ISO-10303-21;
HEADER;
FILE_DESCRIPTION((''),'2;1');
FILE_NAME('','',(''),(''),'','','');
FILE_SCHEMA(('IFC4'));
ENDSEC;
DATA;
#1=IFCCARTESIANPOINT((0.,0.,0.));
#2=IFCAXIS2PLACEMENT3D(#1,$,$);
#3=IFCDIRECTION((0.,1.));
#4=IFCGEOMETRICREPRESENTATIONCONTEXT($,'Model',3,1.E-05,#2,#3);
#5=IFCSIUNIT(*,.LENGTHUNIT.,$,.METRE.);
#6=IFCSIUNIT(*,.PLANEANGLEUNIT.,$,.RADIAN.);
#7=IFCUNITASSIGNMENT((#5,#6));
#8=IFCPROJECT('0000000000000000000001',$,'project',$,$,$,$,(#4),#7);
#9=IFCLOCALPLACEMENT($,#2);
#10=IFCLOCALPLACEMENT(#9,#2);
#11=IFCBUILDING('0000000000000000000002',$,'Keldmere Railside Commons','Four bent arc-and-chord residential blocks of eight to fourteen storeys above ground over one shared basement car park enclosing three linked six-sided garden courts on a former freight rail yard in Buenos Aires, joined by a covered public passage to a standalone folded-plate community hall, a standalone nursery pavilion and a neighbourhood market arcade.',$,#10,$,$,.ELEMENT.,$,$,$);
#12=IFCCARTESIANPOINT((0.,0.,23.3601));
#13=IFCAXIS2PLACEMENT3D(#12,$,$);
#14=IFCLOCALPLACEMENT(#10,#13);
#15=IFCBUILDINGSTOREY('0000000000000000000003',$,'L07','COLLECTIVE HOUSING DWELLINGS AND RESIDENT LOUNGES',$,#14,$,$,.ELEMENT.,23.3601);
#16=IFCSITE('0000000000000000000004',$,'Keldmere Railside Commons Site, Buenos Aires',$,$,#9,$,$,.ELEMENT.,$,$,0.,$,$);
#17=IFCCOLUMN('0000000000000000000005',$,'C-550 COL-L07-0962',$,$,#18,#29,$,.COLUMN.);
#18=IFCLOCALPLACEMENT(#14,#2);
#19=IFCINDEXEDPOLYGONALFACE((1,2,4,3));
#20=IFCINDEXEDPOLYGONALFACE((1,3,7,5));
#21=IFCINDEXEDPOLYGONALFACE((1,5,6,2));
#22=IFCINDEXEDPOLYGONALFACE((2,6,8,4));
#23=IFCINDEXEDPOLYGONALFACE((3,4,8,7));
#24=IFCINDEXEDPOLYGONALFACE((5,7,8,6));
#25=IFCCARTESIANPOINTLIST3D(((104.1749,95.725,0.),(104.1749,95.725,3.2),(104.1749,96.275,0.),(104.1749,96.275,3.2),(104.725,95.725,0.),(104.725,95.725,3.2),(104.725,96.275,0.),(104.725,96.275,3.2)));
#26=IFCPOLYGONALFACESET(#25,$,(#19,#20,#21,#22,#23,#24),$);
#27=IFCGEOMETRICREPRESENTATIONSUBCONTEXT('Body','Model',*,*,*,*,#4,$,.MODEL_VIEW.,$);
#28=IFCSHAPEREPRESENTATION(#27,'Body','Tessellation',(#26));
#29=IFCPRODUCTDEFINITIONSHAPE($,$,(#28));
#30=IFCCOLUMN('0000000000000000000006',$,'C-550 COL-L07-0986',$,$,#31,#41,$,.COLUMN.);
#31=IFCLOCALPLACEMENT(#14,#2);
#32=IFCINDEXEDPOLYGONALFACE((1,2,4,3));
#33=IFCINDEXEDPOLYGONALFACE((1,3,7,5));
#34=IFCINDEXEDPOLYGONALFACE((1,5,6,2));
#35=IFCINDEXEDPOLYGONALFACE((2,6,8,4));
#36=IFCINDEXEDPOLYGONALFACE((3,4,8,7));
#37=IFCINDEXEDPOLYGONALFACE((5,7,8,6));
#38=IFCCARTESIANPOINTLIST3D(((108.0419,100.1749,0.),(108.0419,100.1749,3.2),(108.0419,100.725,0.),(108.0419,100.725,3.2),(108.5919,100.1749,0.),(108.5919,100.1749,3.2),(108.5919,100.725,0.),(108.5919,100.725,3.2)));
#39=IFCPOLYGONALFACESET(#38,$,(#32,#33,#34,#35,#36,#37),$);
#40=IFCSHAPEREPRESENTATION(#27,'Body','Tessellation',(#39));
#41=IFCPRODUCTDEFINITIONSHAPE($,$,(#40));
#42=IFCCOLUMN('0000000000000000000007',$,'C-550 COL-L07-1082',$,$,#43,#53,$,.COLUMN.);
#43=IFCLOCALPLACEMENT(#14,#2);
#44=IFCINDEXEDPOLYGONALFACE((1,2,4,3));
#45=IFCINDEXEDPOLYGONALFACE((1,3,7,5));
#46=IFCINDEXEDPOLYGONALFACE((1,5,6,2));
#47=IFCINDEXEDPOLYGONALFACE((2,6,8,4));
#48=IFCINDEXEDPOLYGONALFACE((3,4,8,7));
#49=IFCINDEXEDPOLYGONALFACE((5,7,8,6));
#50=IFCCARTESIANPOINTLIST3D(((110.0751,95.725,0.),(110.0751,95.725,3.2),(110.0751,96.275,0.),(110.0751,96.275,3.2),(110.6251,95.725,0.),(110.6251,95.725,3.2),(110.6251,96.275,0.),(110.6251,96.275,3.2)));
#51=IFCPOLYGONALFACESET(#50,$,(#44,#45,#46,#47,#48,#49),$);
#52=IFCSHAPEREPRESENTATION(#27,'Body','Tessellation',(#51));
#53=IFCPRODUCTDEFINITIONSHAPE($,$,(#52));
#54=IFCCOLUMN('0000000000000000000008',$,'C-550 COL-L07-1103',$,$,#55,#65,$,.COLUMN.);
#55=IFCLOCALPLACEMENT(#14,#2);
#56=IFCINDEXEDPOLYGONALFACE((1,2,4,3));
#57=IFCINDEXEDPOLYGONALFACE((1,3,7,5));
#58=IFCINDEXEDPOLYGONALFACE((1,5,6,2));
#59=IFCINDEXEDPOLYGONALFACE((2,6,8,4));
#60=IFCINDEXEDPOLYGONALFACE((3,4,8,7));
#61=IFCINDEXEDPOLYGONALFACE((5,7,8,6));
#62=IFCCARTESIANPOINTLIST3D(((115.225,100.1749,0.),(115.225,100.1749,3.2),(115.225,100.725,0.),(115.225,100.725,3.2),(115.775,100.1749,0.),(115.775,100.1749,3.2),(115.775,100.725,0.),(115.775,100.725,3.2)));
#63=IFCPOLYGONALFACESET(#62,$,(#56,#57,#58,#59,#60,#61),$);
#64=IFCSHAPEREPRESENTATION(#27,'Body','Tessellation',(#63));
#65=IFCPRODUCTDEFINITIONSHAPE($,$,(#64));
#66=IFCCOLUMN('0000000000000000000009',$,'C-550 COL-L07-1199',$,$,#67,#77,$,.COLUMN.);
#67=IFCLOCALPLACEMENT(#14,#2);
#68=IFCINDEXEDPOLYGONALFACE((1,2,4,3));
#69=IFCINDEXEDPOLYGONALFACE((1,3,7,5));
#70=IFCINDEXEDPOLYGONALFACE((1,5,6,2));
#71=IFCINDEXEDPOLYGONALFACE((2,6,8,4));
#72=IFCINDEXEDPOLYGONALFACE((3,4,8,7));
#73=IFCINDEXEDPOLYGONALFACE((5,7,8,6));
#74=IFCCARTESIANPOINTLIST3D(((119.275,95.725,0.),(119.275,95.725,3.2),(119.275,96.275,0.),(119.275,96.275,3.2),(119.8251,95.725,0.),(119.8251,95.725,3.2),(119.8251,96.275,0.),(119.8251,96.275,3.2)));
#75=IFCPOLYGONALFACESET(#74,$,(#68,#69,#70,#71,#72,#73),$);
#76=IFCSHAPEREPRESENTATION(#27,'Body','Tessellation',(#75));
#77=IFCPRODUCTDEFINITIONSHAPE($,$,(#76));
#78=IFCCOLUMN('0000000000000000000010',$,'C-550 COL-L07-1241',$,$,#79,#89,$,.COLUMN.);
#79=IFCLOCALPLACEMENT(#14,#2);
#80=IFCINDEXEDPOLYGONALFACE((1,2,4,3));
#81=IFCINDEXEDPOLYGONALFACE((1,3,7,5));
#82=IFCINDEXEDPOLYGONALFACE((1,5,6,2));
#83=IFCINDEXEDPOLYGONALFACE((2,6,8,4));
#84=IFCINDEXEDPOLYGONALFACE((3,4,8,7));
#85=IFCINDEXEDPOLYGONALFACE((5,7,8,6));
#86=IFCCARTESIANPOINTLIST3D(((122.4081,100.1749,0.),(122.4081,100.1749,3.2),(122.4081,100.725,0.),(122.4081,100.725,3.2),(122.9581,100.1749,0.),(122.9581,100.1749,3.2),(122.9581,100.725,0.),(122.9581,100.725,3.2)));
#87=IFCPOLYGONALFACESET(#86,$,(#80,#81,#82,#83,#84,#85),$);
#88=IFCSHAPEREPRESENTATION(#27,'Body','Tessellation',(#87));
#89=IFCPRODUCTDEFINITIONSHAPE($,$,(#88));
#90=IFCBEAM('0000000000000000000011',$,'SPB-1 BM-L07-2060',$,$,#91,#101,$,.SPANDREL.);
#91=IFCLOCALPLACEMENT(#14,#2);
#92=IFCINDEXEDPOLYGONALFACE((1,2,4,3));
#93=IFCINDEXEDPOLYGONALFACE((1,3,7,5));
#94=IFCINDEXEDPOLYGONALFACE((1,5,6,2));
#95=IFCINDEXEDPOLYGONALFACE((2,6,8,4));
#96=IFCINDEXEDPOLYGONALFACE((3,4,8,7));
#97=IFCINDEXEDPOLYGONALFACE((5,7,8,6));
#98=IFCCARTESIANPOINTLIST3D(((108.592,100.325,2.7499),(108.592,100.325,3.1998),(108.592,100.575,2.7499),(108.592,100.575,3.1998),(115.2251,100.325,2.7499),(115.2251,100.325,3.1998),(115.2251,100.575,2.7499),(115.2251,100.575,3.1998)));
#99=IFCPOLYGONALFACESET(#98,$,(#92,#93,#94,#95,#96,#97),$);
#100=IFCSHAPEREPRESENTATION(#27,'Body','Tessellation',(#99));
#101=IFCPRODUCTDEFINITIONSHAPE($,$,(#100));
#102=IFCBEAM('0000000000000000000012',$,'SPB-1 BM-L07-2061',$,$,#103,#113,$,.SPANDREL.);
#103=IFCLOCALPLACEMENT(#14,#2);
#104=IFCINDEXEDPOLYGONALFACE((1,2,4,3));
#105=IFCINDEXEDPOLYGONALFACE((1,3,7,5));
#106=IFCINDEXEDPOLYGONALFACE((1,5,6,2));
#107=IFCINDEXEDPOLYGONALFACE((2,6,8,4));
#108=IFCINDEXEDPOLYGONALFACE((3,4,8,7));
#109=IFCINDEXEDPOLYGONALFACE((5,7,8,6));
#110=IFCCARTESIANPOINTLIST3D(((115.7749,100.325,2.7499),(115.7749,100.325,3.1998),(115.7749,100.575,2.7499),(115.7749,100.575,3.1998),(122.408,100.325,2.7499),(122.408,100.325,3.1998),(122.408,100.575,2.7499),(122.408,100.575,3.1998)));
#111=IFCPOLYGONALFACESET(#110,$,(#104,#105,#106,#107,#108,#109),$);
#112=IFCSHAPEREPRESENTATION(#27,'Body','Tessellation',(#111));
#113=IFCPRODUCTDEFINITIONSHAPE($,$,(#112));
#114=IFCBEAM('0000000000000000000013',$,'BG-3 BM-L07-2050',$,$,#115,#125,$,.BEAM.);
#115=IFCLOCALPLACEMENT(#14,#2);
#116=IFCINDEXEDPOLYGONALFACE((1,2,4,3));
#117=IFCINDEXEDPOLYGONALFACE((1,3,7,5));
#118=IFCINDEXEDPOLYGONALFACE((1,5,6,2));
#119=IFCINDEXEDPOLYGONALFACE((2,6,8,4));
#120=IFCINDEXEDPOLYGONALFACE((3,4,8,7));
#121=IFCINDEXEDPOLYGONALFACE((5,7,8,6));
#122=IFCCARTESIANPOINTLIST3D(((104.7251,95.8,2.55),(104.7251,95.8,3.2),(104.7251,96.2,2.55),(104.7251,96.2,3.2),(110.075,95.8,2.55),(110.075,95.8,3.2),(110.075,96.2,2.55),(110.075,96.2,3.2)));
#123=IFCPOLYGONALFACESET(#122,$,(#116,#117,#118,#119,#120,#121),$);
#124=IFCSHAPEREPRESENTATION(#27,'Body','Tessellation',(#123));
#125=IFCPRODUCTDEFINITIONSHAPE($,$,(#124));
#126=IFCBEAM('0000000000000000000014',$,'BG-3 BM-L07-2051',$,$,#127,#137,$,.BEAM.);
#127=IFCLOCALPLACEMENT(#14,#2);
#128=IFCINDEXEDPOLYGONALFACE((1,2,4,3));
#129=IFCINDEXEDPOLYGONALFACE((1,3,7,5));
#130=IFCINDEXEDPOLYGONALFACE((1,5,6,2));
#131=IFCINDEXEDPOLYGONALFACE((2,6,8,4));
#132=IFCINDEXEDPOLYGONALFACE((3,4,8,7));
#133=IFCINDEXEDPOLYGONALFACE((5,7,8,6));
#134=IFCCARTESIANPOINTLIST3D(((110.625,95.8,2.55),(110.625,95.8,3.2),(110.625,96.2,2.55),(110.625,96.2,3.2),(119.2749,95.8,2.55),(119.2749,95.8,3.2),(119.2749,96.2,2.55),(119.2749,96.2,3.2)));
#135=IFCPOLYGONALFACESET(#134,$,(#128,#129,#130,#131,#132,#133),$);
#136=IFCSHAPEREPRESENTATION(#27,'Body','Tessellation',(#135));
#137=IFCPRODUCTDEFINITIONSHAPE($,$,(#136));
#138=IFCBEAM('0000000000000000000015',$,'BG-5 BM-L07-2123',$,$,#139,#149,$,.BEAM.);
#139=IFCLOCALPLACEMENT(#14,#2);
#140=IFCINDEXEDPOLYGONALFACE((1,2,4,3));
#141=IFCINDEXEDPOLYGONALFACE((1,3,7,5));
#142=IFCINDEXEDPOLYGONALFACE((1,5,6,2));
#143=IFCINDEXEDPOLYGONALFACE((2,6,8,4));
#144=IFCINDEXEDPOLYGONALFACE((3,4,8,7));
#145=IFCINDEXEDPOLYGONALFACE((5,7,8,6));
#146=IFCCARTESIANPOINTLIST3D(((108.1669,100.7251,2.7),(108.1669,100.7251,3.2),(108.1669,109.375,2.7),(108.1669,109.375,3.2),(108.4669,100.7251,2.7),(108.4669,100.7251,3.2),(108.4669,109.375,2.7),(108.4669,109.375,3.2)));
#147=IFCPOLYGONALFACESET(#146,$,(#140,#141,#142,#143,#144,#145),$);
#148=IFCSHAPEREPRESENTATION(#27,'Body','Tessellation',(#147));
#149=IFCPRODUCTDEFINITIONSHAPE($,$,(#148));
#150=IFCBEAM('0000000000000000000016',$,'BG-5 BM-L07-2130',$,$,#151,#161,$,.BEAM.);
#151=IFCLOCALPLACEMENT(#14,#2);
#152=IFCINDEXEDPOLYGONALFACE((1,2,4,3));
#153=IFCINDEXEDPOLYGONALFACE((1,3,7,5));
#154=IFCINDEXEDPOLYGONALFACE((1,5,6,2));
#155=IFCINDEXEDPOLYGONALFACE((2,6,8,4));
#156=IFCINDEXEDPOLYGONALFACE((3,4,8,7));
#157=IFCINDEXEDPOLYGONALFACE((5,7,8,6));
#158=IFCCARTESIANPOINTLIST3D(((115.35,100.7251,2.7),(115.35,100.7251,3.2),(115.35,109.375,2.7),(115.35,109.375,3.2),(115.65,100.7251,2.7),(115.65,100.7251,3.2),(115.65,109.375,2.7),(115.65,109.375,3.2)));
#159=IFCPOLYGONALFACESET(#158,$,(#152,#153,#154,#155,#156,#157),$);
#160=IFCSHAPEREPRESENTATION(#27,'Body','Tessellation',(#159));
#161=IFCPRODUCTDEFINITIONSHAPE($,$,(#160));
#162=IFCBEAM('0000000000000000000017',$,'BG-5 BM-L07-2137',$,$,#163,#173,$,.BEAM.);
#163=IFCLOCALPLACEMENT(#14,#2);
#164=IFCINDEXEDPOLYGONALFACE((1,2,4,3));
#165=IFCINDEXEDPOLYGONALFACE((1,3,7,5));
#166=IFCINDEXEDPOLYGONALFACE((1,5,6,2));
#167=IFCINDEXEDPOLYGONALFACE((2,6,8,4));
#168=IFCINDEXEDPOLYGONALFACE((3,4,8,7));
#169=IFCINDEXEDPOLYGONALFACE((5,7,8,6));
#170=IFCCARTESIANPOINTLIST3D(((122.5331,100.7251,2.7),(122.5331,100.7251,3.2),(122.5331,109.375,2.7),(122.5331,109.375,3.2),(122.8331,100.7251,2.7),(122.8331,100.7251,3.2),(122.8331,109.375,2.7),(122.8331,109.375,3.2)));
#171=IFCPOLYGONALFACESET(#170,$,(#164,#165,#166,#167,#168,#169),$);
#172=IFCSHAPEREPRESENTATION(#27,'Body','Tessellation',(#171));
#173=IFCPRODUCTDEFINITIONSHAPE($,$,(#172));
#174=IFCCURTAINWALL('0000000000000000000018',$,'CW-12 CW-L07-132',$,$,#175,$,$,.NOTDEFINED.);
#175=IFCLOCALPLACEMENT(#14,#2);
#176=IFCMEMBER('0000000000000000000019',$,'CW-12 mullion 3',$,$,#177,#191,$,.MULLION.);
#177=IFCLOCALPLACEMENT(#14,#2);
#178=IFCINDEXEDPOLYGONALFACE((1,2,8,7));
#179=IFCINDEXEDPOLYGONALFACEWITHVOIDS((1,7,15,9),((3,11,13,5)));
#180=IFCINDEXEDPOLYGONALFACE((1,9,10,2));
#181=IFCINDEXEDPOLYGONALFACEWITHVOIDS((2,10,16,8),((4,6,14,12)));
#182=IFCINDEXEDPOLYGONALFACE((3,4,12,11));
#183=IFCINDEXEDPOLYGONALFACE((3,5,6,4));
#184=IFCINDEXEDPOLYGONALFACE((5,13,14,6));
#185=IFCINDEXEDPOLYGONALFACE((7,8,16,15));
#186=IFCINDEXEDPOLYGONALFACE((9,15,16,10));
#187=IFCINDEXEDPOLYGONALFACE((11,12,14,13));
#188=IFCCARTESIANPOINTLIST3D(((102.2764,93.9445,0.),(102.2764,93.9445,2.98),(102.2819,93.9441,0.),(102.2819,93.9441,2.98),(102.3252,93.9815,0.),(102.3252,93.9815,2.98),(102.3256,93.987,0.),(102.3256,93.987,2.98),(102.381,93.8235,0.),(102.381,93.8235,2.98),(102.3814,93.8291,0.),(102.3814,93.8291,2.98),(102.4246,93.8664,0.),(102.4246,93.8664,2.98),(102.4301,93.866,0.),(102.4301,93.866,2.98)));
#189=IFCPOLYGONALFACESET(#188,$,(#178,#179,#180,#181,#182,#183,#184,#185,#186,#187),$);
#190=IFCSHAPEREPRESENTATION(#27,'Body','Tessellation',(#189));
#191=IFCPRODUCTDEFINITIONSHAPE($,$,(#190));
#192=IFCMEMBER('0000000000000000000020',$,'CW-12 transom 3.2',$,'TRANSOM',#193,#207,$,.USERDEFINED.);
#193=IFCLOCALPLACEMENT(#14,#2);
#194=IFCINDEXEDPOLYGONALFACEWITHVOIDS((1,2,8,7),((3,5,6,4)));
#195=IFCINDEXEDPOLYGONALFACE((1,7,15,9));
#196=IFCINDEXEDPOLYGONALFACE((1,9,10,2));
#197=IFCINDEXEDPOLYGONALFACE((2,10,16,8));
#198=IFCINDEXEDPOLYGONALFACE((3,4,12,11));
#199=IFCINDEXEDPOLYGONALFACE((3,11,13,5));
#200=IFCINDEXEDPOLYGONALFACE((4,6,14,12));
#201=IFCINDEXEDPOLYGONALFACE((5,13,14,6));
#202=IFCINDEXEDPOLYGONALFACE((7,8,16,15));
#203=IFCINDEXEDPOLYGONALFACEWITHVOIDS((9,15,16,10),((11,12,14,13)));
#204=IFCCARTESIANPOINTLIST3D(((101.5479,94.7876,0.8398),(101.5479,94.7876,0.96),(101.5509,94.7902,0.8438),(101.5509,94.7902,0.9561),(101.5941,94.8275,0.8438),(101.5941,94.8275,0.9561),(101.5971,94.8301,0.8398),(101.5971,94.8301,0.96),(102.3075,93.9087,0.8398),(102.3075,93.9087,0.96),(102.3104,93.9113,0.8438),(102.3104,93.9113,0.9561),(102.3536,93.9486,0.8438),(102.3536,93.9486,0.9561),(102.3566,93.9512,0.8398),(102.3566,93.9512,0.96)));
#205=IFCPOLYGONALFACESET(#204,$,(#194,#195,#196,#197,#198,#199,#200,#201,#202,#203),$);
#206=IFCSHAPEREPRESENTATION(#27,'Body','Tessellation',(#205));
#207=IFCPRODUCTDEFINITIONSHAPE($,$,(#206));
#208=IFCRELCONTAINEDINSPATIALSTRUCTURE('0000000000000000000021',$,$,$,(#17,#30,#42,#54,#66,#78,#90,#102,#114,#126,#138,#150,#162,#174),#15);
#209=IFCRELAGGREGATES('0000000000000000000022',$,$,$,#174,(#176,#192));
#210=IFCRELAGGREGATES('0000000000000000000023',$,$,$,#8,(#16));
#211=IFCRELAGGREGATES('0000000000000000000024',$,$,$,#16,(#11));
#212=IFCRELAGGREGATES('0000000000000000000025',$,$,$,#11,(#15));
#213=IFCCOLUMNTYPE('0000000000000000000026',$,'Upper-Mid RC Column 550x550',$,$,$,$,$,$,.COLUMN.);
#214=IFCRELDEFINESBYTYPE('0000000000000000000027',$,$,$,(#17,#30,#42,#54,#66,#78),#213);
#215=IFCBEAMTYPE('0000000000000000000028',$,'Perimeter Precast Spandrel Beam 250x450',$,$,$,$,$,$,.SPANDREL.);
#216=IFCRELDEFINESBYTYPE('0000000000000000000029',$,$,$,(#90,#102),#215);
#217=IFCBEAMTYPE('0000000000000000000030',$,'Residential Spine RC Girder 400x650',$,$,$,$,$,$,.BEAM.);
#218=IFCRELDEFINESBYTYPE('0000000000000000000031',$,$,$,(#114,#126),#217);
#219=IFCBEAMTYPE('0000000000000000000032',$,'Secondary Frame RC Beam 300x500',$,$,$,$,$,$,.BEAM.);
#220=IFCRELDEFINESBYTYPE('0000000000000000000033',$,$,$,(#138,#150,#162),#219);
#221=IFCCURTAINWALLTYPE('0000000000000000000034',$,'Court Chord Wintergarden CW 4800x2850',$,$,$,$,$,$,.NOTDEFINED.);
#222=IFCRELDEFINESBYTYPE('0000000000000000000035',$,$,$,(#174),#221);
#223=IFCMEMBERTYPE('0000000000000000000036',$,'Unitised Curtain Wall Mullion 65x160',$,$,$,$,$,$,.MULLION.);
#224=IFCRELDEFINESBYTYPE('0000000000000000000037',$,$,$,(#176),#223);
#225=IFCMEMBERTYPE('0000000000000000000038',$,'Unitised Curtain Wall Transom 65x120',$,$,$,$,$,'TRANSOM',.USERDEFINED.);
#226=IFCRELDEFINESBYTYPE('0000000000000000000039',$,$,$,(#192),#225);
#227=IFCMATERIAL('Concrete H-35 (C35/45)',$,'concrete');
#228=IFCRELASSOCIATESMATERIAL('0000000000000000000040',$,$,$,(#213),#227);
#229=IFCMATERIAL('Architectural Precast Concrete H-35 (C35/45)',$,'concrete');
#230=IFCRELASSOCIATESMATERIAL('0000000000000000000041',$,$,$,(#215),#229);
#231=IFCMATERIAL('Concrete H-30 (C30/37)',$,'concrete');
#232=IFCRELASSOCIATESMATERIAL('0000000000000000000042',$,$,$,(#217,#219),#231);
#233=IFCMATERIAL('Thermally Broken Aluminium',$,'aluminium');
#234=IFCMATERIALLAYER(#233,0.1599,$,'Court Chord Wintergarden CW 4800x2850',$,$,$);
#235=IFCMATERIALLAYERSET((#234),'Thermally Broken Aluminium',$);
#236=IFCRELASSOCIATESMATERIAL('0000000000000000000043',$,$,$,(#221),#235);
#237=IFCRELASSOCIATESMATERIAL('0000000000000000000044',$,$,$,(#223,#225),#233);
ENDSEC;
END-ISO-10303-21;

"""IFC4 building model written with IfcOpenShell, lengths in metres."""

from ifc_helpers import new_model, si_unit, direction, frame, origin, origin_2d, place, context, subcontext, project, spatial, rectangle, hollow_rectangle, extrude, material, layer, layer_set, material_profile, profile_set, type_object, element, aggregate, save


model = new_model("IFC4")

# Units and contexts
model_context = context("Model", 3, precision=1e-05, world=origin(), true_north=direction((0.0, 1.0)))
body_context = subcontext(model_context, "Body", "Model", "MODEL_VIEW")
ifc_project = project(units=[si_unit("LENGTHUNIT", "METRE"), si_unit("PLANEANGLEUNIT", "RADIAN")], contexts=[model_context])

# Site, building, storey
site_placement = place(None, origin())
site = spatial("IfcSite", under=ifc_project, at=site_placement, Name="Keldmere Railside Commons Site, Buenos Aires", CompositionType="ELEMENT", RefElevation=0.0)
building_placement = place(site_placement, origin())
building = spatial("IfcBuilding", under=site, at=building_placement, Name="Keldmere Railside Commons", Description="Four bent arc-and-chord residential blocks of eight to fourteen storeys above ground over one shared basement car park enclosing three linked six-sided garden courts on a former freight rail yard in Buenos Aires, joined by a covered public passage to a standalone folded-plate community hall, a standalone nursery pavilion and a neighbourhood market arcade.", CompositionType="ELEMENT")
storey_placement = place(building_placement, frame((0.0, 0.0, 23.3601)))
storey = spatial("IfcBuildingStorey", under=building, at=storey_placement, Name="L07", Description="COLLECTIVE HOUSING DWELLINGS AND RESIDENT LOUNGES", CompositionType="ELEMENT", Elevation=23.3601)

# Columns
ifc_material_1 = material(Name="Concrete H-35 (C35/45)", Category="concrete")
ifc_material_profile_1 = material_profile(ifc_material_1, rectangle(XDim=0.55, YDim=0.55, at=origin_2d()), Name="RC-550x550")
ifc_profile_set_1 = profile_set([ifc_material_profile_1], Name="Concrete H-35 (C35/45)")
column_type = type_object("IfcColumnType", Name="Upper-Mid RC Column 550x550", PredefinedType="COLUMN", material=ifc_profile_set_1)
for number, where, z_axis, x_axis, name in (
    (1, (104.45, 96.0, 0.0), (0.0, 0.0, 1.0), (1.0, 0.0, 0.0), "C-550 COL-L07-0962"),
    (2, (108.3169, 100.45, 0.0), (0.0, 0.0, 1.0), (1.0, 0.0, 0.0), "C-550 COL-L07-0986"),
    (3, (110.3501, 96.0, 0.0), (0.0, 0.0, 1.0), (1.0, 0.0, 0.0), "C-550 COL-L07-1082"),
    (4, (115.5, 100.45, 0.0), (0.0, 0.0, 1.0), (1.0, 0.0, 0.0), "C-550 COL-L07-1103"),
    (5, (119.55, 96.0, 0.0), (0.0, 0.0, 1.0), (1.0, 0.0, 0.0), "C-550 COL-L07-1199"),
    (6, (122.6831, 100.45, 0.0), (0.0, 0.0, 1.0), (1.0, 0.0, 0.0), "C-550 COL-L07-1241"),
):
    element("IfcColumn", number, at=place(storey_placement, frame(where, z_axis=z_axis, x_axis=x_axis)), inside=storey, type_object=column_type, Name=name, PredefinedType="COLUMN", context=body_context, shape_type="SweptSolid", body=[
        extrude(rectangle(XDim=0.55, YDim=0.55, at=origin_2d()), origin(), (0.0, 0.0, 1.0), 3.2),
    ])

# Beams
ifc_material_2 = material(Name="Architectural Precast Concrete H-35 (C35/45)", Category="concrete")
ifc_material_profile_2 = material_profile(ifc_material_2, rectangle(XDim=0.25, YDim=0.45, at=origin_2d()), Name="RC-250x450")
ifc_profile_set_2 = profile_set([ifc_material_profile_2], Name="Architectural Precast Concrete H-35 (C35/45)")
beam_type_1 = type_object("IfcBeamType", Name="Perimeter Precast Spandrel Beam 250x450", PredefinedType="SPANDREL", material=ifc_profile_set_2)
for number, where, z_axis, x_axis, name in (
    (7, (108.592, 100.45, 2.9749), (1.0, 0.0, 0.0), (0.0, 1.0, 0.0), "SPB-1 BM-L07-2060"),
    (8, (115.7749, 100.45, 2.9749), (1.0, 0.0, 0.0), (0.0, 1.0, 0.0), "SPB-1 BM-L07-2061"),
):
    element("IfcBeam", number, at=place(storey_placement, frame(where, z_axis=z_axis, x_axis=x_axis)), inside=storey, type_object=beam_type_1, Name=name, PredefinedType="SPANDREL", context=body_context, shape_type="SweptSolid", body=[
        extrude(rectangle(XDim=0.25, YDim=0.45, at=origin_2d()), origin(), (0.0, 0.0, 1.0), 6.6331),
    ])
ifc_material_3 = material(Name="Concrete H-30 (C30/37)", Category="concrete")
ifc_material_profile_3 = material_profile(ifc_material_3, rectangle(XDim=0.3999, YDim=0.6499, at=origin_2d()), Name="RC-400x650")
ifc_profile_set_3 = profile_set([ifc_material_profile_3], Name="Concrete H-30 (C30/37)")
beam_type_2 = type_object("IfcBeamType", Name="Residential Spine RC Girder 400x650", PredefinedType="BEAM", material=ifc_profile_set_3)
beam_1_placement = place(storey_placement, frame((104.7251, 96.0, 2.875), z_axis=(1.0, 0.0, 0.0), x_axis=(0.0, 1.0, 0.0)))
element("IfcBeam", 9, at=beam_1_placement, inside=storey, type_object=beam_type_2, Name="BG-3 BM-L07-2050", PredefinedType="BEAM", context=body_context, shape_type="SweptSolid", body=[
    extrude(rectangle(XDim=0.3999, YDim=0.6499, at=origin_2d()), origin(), (0.0, 0.0, 1.0), 5.3499),
])
beam_2_placement = place(storey_placement, frame((110.625, 96.0, 2.875), z_axis=(1.0, 0.0, 0.0), x_axis=(0.0, 1.0, 0.0)))
element("IfcBeam", 10, at=beam_2_placement, inside=storey, type_object=beam_type_2, Name="BG-3 BM-L07-2051", PredefinedType="BEAM", context=body_context, shape_type="SweptSolid", body=[
    extrude(rectangle(XDim=0.3999, YDim=0.6499, at=origin_2d()), origin(), (0.0, 0.0, 1.0), 8.6499),
])
ifc_material_profile_4 = material_profile(ifc_material_3, rectangle(XDim=0.3, YDim=0.5, at=origin_2d()), Name="RC-300x500")
ifc_profile_set_4 = profile_set([ifc_material_profile_4], Name="Concrete H-30 (C30/37)")
beam_type_3 = type_object("IfcBeamType", Name="Secondary Frame RC Beam 300x500", PredefinedType="BEAM", material=ifc_profile_set_4)
for number, where, z_axis, x_axis, name in (
    (11, (108.3169, 100.7251, 2.95), (0.0, 1.0, 0.0), (-1.0, 0.0, 0.0), "BG-5 BM-L07-2123"),
    (12, (115.5, 100.7251, 2.95), (0.0, 1.0, 0.0), (-1.0, 0.0, 0.0), "BG-5 BM-L07-2130"),
    (13, (122.6831, 100.7251, 2.95), (0.0, 1.0, 0.0), (-1.0, 0.0, 0.0), "BG-5 BM-L07-2137"),
):
    element("IfcBeam", number, at=place(storey_placement, frame(where, z_axis=z_axis, x_axis=x_axis)), inside=storey, type_object=beam_type_3, Name=name, PredefinedType="BEAM", context=body_context, shape_type="SweptSolid", body=[
        extrude(rectangle(XDim=0.3, YDim=0.5, at=origin_2d()), origin(), (0.0, 0.0, 1.0), 8.6499),
    ])

# Curtain wall, members
ifc_material_4 = material(Name="Thermally Broken Aluminium", Category="aluminium")
ifc_layer_1 = layer(ifc_material_4, 0.1599, Name="Court Chord Wintergarden CW 4800x2850")
ifc_layer_set_1 = layer_set([ifc_layer_1], Name="Thermally Broken Aluminium")
curtain_wall_type = type_object("IfcCurtainWallType", Name="Court Chord Wintergarden CW 4800x2850", PredefinedType="NOTDEFINED", material=ifc_layer_set_1)
curtain_wall_placement = place(storey_placement, origin())
curtain_wall = element("IfcCurtainWall", 14, at=curtain_wall_placement, inside=storey, type_object=curtain_wall_type, Name="CW-12 CW-L07-132", PredefinedType="NOTDEFINED")
ifc_material_profile_5 = material_profile(ifc_material_4, hollow_rectangle(XDim=0.0649, YDim=0.1599, WallThickness=0.0039, at=origin_2d()), Name="ALU-MULL-65x160")
ifc_profile_set_5 = profile_set([ifc_material_profile_5], Name="Thermally Broken Aluminium")
member_type_1 = type_object("IfcMemberType", Name="Unitised Curtain Wall Mullion 65x160", PredefinedType="MULLION", material=ifc_profile_set_5)
member_1_placement = place(storey_placement, frame((102.3533, 93.9053, 0.0), z_axis=(0.0, 0.0, 1.0), x_axis=(-0.756597, -0.653882, 0.0)))
member_1 = element("IfcMember", 15, at=member_1_placement, type_object=member_type_1, Name="CW-12 mullion 3", PredefinedType="MULLION", context=body_context, shape_type="SweptSolid", body=[
    extrude(hollow_rectangle(XDim=0.0649, YDim=0.1599, WallThickness=0.0039, at=origin_2d()), origin(), (0.0, 0.0, 1.0), 2.98),
])
ifc_material_profile_6 = material_profile(ifc_material_4, hollow_rectangle(XDim=0.0649, YDim=0.1201, WallThickness=0.0039, at=origin_2d()), Name="ALU-TRAN-65x120")
ifc_profile_set_6 = profile_set([ifc_material_profile_6], Name="Thermally Broken Aluminium")
member_type_2 = type_object("IfcMemberType", Name="Unitised Curtain Wall Transom 65x120", ElementType="TRANSOM", PredefinedType="USERDEFINED", material=ifc_profile_set_6)
member_2_placement = place(storey_placement, frame((102.332, 93.9299, 0.8999), z_axis=(-0.65385, 0.756624, 0.0), x_axis=(-0.756624, -0.65385, 0.0)))
member_2 = element("IfcMember", 16, at=member_2_placement, type_object=member_type_2, Name="CW-12 transom 3.2", ObjectType="TRANSOM", PredefinedType="USERDEFINED", context=body_context, shape_type="SweptSolid", body=[
    extrude(hollow_rectangle(XDim=0.0649, YDim=0.1201, WallThickness=0.0039, at=origin_2d()), origin(), (0.0, 0.0, 1.0), 1.1616),
])
aggregate(curtain_wall, [member_1, member_2])

save(model, "model.ifc")
